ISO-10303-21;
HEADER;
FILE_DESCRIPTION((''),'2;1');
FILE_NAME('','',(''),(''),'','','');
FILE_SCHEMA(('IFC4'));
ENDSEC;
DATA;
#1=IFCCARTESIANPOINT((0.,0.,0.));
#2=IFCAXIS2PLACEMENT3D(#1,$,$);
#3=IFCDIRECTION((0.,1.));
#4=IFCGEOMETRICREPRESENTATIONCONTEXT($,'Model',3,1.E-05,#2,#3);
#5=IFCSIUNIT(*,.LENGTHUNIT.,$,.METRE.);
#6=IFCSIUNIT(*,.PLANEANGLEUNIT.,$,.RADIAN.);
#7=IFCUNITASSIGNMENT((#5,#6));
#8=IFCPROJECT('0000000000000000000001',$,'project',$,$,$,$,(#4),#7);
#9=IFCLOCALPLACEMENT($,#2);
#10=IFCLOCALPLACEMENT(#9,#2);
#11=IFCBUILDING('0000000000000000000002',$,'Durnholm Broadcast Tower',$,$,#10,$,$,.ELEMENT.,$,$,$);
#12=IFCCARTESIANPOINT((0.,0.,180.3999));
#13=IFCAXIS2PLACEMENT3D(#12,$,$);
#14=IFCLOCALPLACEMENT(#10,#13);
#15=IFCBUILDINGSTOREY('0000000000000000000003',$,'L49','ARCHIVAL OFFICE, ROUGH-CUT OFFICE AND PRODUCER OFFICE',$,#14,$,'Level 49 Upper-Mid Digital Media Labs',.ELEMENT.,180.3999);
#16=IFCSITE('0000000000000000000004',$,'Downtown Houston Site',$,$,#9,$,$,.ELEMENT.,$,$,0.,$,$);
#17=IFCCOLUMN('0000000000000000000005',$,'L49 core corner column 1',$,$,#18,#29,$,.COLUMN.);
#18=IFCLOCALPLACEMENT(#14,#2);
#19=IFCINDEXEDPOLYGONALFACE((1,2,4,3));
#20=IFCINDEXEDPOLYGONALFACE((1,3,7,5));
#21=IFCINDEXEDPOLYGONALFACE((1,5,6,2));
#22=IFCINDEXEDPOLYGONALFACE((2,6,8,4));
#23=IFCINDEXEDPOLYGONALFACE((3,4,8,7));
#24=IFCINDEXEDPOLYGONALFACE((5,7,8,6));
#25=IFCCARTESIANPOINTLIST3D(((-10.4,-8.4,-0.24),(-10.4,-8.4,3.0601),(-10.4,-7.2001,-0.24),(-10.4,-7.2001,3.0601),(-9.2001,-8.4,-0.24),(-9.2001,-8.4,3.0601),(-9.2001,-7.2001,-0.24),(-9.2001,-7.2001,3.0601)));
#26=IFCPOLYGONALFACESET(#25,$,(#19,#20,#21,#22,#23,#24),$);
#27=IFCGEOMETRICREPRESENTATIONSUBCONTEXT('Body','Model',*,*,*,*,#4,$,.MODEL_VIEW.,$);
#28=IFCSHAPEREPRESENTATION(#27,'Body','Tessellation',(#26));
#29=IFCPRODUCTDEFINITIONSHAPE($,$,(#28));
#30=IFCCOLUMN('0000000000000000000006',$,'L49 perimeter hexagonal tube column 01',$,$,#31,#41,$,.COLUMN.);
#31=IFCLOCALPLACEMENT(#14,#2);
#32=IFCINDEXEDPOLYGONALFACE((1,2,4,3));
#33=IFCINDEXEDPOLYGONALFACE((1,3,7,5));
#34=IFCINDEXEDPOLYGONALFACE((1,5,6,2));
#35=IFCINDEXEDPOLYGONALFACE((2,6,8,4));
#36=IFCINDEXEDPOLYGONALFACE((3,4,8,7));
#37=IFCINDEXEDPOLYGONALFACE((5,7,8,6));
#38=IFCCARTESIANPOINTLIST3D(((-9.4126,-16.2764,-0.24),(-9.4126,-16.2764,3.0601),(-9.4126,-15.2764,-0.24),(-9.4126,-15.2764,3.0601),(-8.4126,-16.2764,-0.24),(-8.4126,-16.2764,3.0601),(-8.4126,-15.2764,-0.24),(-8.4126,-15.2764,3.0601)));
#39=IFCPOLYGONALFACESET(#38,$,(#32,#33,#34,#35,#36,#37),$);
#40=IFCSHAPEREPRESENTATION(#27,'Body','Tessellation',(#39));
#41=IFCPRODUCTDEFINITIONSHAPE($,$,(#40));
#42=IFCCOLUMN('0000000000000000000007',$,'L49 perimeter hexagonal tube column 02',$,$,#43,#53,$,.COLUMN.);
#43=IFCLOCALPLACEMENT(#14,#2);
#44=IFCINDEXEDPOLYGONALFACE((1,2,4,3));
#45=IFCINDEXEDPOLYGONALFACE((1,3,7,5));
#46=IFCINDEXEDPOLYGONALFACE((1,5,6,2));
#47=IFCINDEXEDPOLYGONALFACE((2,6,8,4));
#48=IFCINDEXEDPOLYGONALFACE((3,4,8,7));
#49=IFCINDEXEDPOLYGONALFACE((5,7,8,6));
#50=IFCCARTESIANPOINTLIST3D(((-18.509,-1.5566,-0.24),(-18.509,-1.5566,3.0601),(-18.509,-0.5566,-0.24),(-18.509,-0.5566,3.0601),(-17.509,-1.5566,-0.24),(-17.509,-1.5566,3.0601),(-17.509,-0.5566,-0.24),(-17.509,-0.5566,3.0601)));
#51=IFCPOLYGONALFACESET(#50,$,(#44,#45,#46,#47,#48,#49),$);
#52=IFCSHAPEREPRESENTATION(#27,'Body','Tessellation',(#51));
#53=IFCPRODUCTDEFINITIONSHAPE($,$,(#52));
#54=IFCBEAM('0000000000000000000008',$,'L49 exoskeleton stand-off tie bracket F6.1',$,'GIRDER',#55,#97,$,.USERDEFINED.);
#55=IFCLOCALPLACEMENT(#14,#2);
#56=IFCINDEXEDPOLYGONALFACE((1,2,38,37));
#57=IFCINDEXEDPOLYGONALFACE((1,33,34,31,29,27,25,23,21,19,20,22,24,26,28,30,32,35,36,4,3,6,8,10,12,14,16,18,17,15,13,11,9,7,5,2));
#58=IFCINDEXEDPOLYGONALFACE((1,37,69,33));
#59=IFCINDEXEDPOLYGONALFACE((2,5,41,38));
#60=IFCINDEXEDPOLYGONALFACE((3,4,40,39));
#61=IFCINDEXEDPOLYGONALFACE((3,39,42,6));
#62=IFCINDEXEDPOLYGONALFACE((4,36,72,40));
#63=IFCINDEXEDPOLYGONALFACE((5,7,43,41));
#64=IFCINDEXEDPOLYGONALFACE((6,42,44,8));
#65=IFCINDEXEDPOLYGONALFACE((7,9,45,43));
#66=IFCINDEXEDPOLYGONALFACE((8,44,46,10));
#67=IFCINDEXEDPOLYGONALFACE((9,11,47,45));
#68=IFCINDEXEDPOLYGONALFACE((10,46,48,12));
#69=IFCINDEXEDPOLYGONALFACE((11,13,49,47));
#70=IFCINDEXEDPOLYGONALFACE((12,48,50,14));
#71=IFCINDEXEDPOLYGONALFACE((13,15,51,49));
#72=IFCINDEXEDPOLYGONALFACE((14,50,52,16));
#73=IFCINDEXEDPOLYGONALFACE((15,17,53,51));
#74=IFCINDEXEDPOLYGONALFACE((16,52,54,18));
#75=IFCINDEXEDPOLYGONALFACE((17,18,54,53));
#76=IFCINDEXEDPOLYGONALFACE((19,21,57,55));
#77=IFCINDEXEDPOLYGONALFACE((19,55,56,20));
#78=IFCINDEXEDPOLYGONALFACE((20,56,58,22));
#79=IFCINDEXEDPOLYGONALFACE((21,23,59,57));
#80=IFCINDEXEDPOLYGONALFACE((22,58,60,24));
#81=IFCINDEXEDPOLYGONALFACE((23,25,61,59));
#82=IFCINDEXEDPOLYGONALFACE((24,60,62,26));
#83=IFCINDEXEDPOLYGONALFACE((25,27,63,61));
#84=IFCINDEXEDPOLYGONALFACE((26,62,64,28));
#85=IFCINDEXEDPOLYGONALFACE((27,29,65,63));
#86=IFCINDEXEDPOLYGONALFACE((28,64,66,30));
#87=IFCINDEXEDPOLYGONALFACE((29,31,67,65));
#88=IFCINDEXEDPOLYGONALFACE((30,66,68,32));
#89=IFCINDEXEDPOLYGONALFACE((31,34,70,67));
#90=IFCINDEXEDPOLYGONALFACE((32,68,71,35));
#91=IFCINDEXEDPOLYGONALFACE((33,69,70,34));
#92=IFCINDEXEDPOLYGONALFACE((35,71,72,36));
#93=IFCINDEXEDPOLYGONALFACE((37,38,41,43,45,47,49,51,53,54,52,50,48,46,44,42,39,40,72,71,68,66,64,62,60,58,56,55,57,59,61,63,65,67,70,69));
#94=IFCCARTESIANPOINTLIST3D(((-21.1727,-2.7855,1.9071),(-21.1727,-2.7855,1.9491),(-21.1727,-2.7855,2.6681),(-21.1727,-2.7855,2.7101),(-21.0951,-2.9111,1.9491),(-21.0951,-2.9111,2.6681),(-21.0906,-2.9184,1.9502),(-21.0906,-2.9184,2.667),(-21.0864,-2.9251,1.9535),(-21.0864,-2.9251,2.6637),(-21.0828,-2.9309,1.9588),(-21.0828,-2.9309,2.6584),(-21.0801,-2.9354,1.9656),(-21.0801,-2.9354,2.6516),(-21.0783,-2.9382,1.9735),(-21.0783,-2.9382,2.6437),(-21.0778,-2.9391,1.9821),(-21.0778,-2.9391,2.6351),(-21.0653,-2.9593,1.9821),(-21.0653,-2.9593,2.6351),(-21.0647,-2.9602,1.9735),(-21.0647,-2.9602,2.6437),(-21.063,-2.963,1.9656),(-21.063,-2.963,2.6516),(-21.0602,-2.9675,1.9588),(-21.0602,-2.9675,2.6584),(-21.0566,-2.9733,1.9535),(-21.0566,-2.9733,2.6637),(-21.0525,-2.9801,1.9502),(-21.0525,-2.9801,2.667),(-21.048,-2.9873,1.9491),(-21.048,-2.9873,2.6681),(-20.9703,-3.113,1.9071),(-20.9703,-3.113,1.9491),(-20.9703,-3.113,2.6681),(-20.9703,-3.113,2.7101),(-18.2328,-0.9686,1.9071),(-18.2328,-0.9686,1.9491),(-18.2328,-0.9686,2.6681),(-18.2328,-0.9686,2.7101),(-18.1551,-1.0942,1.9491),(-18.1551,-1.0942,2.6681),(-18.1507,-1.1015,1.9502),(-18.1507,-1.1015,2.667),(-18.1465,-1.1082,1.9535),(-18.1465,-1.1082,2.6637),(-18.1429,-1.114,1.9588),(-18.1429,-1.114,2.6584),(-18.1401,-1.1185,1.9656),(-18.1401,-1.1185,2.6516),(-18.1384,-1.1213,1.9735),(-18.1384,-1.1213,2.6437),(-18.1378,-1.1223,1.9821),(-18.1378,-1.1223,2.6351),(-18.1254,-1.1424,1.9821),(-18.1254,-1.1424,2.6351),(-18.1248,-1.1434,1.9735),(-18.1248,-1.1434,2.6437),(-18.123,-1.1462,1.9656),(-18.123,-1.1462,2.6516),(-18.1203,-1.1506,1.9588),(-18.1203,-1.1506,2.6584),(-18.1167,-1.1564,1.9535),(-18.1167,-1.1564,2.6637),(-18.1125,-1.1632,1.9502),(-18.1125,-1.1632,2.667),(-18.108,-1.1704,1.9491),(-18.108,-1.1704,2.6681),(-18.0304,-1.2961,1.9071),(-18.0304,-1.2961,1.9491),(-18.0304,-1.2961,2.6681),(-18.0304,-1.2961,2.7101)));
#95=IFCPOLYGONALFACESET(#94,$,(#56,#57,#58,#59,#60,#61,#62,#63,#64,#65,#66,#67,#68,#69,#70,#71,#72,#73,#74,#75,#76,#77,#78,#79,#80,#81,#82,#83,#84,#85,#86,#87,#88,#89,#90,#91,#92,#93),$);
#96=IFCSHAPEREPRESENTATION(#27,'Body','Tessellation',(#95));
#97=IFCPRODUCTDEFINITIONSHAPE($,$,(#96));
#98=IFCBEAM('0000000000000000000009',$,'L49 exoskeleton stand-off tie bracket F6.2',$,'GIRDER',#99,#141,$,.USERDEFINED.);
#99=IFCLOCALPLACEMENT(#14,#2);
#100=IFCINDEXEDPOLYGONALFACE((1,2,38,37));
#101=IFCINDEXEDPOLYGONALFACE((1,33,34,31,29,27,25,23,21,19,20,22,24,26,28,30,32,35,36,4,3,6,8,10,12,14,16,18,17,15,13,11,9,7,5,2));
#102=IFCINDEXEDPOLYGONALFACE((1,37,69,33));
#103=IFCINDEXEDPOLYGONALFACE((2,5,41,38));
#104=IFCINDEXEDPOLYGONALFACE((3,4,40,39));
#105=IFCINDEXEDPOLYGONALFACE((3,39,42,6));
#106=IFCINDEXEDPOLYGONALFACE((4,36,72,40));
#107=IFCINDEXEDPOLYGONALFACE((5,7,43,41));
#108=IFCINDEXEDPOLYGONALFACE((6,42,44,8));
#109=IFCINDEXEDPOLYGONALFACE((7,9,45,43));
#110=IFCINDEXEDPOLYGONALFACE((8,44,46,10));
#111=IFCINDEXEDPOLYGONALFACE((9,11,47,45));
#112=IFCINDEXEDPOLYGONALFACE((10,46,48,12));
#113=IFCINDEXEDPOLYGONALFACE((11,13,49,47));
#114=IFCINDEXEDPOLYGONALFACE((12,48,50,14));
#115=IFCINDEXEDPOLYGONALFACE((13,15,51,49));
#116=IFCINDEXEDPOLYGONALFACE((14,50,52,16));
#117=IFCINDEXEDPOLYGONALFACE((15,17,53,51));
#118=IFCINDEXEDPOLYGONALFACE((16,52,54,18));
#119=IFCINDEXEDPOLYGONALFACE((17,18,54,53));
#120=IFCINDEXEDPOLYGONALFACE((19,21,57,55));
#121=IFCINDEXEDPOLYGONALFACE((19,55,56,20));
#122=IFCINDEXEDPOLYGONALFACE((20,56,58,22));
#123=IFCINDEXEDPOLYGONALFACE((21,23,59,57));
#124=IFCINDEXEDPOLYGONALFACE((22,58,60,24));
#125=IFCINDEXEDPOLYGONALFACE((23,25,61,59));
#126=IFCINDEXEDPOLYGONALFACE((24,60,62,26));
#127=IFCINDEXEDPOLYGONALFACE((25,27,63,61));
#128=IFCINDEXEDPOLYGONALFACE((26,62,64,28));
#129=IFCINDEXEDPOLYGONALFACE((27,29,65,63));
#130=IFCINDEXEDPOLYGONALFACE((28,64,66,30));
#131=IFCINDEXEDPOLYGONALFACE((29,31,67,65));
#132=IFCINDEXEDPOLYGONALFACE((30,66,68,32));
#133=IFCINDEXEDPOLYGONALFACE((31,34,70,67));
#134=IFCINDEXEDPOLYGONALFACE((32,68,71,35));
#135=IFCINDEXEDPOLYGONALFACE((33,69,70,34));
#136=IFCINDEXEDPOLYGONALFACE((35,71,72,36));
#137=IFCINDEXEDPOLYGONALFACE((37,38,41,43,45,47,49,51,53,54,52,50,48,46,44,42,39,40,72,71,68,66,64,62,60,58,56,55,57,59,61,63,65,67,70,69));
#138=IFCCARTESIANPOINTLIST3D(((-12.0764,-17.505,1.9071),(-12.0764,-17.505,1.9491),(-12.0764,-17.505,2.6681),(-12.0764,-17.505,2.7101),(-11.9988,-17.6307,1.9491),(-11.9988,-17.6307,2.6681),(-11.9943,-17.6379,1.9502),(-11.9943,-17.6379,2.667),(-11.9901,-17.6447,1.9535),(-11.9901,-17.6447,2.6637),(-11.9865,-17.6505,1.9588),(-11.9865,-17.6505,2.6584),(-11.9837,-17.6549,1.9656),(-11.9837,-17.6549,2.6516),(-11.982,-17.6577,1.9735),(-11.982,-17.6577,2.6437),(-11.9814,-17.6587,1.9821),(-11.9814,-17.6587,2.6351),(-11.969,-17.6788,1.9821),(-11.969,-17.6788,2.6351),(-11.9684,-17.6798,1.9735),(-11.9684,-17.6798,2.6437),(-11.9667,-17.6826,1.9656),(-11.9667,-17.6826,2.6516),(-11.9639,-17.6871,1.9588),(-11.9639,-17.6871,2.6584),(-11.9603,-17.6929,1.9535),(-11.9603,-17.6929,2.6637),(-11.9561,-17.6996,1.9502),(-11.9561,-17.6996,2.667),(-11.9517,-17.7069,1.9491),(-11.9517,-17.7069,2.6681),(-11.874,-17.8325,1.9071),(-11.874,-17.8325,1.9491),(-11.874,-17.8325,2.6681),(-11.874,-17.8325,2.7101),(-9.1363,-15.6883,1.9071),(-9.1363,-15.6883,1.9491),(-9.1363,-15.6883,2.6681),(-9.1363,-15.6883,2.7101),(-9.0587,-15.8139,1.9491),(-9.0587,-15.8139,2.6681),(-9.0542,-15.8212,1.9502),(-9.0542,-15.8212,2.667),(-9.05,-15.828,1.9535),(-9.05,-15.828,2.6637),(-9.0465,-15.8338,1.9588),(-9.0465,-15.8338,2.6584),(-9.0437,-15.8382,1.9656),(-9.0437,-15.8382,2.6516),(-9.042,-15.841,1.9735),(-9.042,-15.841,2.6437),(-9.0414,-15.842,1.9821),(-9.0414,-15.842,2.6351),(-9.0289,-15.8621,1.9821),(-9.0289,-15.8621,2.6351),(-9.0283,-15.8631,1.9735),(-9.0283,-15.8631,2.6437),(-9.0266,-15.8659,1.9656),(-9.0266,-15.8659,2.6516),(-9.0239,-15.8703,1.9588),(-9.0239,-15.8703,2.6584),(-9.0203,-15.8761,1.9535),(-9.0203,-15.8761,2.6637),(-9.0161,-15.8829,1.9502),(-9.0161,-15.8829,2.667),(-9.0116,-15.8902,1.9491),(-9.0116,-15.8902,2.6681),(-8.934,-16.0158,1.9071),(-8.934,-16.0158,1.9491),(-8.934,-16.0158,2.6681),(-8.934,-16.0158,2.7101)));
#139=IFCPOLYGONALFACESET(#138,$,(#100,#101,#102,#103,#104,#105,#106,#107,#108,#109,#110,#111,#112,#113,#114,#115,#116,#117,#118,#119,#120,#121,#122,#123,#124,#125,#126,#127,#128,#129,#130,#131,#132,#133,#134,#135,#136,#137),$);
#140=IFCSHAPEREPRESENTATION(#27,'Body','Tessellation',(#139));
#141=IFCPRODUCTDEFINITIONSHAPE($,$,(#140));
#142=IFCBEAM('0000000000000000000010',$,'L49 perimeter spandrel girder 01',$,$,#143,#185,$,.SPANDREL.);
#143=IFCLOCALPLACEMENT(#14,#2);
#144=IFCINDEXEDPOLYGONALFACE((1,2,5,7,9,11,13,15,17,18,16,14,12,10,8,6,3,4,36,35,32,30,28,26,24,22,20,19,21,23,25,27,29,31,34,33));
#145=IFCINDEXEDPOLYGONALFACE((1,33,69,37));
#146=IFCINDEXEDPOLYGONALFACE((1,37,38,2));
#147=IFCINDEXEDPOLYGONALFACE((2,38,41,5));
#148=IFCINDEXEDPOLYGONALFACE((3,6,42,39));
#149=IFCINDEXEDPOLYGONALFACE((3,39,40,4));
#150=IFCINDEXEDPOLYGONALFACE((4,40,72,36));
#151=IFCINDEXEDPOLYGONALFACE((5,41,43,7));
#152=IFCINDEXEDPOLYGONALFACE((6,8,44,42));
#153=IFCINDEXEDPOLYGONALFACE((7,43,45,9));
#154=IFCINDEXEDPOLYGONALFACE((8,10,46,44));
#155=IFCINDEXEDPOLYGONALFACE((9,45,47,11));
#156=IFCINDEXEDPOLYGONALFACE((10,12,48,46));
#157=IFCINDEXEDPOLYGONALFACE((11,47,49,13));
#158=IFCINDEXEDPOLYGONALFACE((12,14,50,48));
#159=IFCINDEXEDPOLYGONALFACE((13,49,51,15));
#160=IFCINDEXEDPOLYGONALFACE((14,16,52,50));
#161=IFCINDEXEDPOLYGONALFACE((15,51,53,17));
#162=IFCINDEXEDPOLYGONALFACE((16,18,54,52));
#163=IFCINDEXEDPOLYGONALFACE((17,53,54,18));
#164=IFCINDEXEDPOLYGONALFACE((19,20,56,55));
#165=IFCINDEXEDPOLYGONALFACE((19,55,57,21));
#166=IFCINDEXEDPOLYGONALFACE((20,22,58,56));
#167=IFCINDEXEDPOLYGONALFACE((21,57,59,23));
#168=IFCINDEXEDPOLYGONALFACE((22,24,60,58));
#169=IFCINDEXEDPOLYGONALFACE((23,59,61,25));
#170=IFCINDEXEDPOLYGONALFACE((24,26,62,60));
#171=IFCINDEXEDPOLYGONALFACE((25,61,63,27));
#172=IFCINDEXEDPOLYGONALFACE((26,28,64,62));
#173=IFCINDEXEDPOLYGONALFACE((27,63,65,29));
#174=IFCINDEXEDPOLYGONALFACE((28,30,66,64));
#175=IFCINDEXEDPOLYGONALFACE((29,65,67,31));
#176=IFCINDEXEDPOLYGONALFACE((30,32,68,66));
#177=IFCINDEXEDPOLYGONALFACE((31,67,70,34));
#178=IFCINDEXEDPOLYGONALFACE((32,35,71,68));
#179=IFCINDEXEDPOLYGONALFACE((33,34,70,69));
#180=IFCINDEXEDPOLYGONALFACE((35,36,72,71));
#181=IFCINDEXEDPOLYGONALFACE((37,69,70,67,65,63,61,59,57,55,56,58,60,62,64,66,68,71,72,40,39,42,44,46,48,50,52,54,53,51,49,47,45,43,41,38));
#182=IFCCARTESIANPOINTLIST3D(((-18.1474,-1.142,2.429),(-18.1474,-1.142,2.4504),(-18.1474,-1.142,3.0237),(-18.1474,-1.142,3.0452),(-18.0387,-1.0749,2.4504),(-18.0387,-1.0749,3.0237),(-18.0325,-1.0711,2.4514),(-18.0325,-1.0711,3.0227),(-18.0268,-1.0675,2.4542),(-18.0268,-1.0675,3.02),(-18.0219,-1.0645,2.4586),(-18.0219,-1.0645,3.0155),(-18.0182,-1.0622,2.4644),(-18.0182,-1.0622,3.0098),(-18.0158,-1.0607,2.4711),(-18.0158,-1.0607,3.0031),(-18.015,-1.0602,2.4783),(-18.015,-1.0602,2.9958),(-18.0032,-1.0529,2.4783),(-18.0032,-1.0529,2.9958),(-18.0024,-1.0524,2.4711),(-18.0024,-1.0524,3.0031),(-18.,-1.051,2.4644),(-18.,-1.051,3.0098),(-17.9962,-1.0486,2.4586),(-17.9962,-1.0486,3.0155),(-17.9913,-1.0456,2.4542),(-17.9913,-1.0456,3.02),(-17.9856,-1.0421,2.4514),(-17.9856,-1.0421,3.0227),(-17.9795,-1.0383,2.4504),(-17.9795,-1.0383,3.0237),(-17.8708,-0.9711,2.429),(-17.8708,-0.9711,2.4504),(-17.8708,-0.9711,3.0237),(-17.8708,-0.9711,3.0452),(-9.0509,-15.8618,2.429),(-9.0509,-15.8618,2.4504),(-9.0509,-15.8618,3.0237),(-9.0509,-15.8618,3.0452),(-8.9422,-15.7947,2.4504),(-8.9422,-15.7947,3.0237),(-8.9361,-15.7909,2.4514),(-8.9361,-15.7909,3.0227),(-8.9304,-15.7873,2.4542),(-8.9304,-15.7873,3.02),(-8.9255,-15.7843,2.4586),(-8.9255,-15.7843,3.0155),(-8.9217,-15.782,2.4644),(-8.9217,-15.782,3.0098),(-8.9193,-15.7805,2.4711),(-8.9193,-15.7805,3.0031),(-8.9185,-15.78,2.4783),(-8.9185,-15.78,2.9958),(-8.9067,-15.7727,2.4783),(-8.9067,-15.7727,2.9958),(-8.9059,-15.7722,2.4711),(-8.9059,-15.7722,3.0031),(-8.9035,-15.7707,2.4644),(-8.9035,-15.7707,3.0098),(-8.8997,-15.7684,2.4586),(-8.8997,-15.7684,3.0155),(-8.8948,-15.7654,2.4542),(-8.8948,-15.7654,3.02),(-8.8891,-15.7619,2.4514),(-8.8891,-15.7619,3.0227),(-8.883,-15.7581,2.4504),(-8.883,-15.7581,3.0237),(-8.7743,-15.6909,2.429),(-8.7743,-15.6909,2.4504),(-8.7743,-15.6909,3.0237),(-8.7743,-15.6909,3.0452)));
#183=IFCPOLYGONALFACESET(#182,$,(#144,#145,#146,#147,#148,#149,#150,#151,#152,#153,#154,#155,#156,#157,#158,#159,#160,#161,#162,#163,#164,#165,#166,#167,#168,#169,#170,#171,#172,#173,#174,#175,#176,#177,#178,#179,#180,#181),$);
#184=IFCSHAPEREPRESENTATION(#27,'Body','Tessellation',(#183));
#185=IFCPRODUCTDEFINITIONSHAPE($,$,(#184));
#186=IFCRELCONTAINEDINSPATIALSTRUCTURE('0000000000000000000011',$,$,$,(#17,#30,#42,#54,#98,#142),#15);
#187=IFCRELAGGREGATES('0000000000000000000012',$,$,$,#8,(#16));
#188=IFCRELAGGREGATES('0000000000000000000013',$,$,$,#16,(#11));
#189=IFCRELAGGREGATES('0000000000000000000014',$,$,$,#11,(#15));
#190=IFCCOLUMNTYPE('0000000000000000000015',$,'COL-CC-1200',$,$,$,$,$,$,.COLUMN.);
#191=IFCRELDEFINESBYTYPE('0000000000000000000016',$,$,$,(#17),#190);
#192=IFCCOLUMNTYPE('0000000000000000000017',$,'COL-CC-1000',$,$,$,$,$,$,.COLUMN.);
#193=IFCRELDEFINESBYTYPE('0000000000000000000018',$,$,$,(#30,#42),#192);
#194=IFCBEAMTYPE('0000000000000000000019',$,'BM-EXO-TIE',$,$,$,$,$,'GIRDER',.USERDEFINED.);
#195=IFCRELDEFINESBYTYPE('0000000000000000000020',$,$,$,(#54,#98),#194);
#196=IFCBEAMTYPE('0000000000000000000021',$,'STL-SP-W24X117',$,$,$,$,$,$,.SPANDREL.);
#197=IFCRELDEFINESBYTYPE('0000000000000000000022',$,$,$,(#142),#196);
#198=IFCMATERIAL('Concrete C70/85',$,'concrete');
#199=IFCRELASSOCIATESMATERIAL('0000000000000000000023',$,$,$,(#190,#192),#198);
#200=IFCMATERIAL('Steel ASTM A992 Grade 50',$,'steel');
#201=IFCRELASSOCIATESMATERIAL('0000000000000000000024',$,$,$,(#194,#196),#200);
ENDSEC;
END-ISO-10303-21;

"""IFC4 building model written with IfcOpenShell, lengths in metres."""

from ifc_helpers import new_model, si_unit, direction, frame, origin, origin_2d, place, context, subcontext, project, spatial, rectangle, i_section, extrude, source, transform, mapped, material, material_profile, profile_set, type_object, type_shapes, element, save


model = new_model("IFC4")

# Units and contexts
model_context = context("Model", 3, precision=1e-05, world=origin(), true_north=direction((0.0, 1.0)))
body_context = subcontext(model_context, "Body", "Model", "MODEL_VIEW")
ifc_project = project(units=[si_unit("LENGTHUNIT", "METRE"), si_unit("PLANEANGLEUNIT", "RADIAN")], contexts=[model_context])

# Site, building, storey
site_placement = place(None, origin())
site = spatial("IfcSite", under=ifc_project, at=site_placement, Name="Downtown Houston Site", CompositionType="ELEMENT", RefElevation=0.0)
building_placement = place(site_placement, origin())
building = spatial("IfcBuilding", under=site, at=building_placement, Name="Durnholm Broadcast Tower", CompositionType="ELEMENT")
storey_placement = place(building_placement, frame((0.0, 0.0, 180.3999)))
storey = spatial("IfcBuildingStorey", under=building, at=storey_placement, Name="L49", Description="ARCHIVAL OFFICE, ROUGH-CUT OFFICE AND PRODUCER OFFICE", LongName="Level 49 Upper-Mid Digital Media Labs", CompositionType="ELEMENT", Elevation=180.3999)

# Columns
ifc_material_1 = material(Name="Concrete C70/85", Category="concrete")
ifc_material_profile_1 = material_profile(ifc_material_1, rectangle(XDim=1.2, YDim=1.2, at=origin_2d()), Name="RC1200X1200")
ifc_profile_set_1 = profile_set([ifc_material_profile_1], Name="Concrete C70/85")
column_type_1 = type_object("IfcColumnType", Name="COL-CC-1200", PredefinedType="COLUMN", material=ifc_profile_set_1)
shared_shape_1 = source(origin(), body_context, "Body", "SweptSolid", [
    extrude(rectangle(XDim=1.2, YDim=1.2, at=origin_2d()), origin(), (0.0, 0.0, 1.0), 3.3),
])
type_shapes(column_type_1, [shared_shape_1])
column_placement = place(storey_placement, frame((-9.8, -7.8, -0.24), z_axis=(0.0, 0.0, 1.0), x_axis=(1.0, 0.0, 0.0)))
element("IfcColumn", 1, at=column_placement, inside=storey, type_object=column_type_1, Name="L49 core corner column 1", PredefinedType="COLUMN", context=body_context, shape_type="MappedRepresentation", body=[
    mapped(shared_shape_1, transform((0.0, 0.0, 0.0), x_axis=(1.0, 0.0, 0.0), y_axis=(0.0, 1.0, 0.0), z_axis=(0.0, 0.0, 1.0), scale=1.0)),
])
ifc_material_profile_2 = material_profile(ifc_material_1, rectangle(XDim=1.0, YDim=1.0, at=origin_2d()), Name="RC1000X1000")
ifc_profile_set_2 = profile_set([ifc_material_profile_2], Name="Concrete C70/85")
column_type_2 = type_object("IfcColumnType", Name="COL-CC-1000", PredefinedType="COLUMN", material=ifc_profile_set_2)
shared_shape_2 = source(origin(), body_context, "Body", "SweptSolid", [
    extrude(rectangle(XDim=1.0, YDim=1.0, at=origin_2d()), origin(), (0.0, 0.0, 1.0), 3.3),
])
type_shapes(column_type_2, [shared_shape_2])
for number, where, z_axis, x_axis, name in (
    (2, (-8.9126, -15.7764, -0.24), (0.0, 0.0, 1.0), (1.0, 0.0, 0.0), "L49 perimeter hexagonal tube column 01"),
    (3, (-18.009, -1.0566, -0.24), (0.0, 0.0, 1.0), (1.0, 0.0, 0.0), "L49 perimeter hexagonal tube column 02"),
):
    element("IfcColumn", number, at=place(storey_placement, frame(where, z_axis=z_axis, x_axis=x_axis)), inside=storey, type_object=column_type_2, Name=name, PredefinedType="COLUMN", context=body_context, shape_type="MappedRepresentation", body=[
        mapped(shared_shape_2, transform((0.0, 0.0, 0.0), x_axis=(1.0, 0.0, 0.0), y_axis=(0.0, 1.0, 0.0), z_axis=(0.0, 0.0, 1.0), scale=1.0)),
    ])

# Beams
ifc_material_2 = material(Name="Steel ASTM A992 Grade 50", Category="steel")
ifc_material_profile_3 = material_profile(ifc_material_2, i_section(OverallWidth=0.385, OverallDepth=0.803, WebThickness=0.0237, FlangeThickness=0.042, FilletRadius=0.033, at=origin_2d()), Name="W30X261")
ifc_profile_set_3 = profile_set([ifc_material_profile_3], Name="Steel ASTM A992 Grade 50")
beam_type_1 = type_object("IfcBeamType", Name="BM-EXO-TIE", ElementType="GIRDER", PredefinedType="USERDEFINED", material=ifc_profile_set_3)
shared_shape_3 = source(origin(), body_context, "Body", "SweptSolid", [
    extrude(i_section(OverallWidth=0.385, OverallDepth=0.803, WebThickness=0.0237, FlangeThickness=0.042, FilletRadius=0.033, at=origin_2d()), origin(), (0.0, 0.0, 1.0), 3.4561),
])
for number, where, z_axis, x_axis, name in (
    (4, (-18.1316, -1.1323, 2.3086), (-0.850662, -0.525712, 0.0), (0.525712, -0.850662, 0.0), "L49 exoskeleton stand-off tie bracket F6.1"),
    (5, (-9.0352, -15.8521, 2.3086), (-0.850694, -0.525661, 0.0), (0.525661, -0.850694, 0.0), "L49 exoskeleton stand-off tie bracket F6.2"),
):
    element("IfcBeam", number, at=place(storey_placement, frame(where, z_axis=z_axis, x_axis=x_axis)), inside=storey, type_object=beam_type_1, Name=name, ObjectType="GIRDER", PredefinedType="USERDEFINED", context=body_context, shape_type="MappedRepresentation", body=[
        mapped(shared_shape_3, transform((0.0, 0.0, 0.0), x_axis=(1.0, 0.0, 0.0), y_axis=(0.0, 1.0, 0.0), z_axis=(0.0, 0.0, 1.0), scale=1.0)),
    ])
ifc_material_profile_4 = material_profile(ifc_material_2, i_section(OverallWidth=0.3252, OverallDepth=0.6162, WebThickness=0.0139, FlangeThickness=0.0215, FilletRadius=0.0278, at=origin_2d()), Name="W24X117")
ifc_profile_set_4 = profile_set([ifc_material_profile_4], Name="Steel ASTM A992 Grade 50")
beam_type_2 = type_object("IfcBeamType", Name="STL-SP-W24X117", PredefinedType="SPANDREL", material=ifc_profile_set_4)
shared_shape_4 = source(origin(), body_context, "Body", "SweptSolid", [
    extrude(i_section(OverallWidth=0.3252, OverallDepth=0.6162, WebThickness=0.0139, FlangeThickness=0.0215, FilletRadius=0.0278, at=origin_2d()), origin(), (0.0, 0.0, 1.0), 17.3037),
])
beam_1_placement = place(storey_placement, frame((-8.9126, -15.7764, 2.7371), z_axis=(-0.525695, 0.850673, 0.0), x_axis=(-0.850673, -0.525695, 0.0)))
element("IfcBeam", 6, at=beam_1_placement, inside=storey, type_object=beam_type_2, Name="L49 perimeter spandrel girder 01", PredefinedType="SPANDREL", context=body_context, shape_type="MappedRepresentation", body=[
    mapped(shared_shape_4, transform((0.0, 0.0, 0.0), x_axis=(1.0, 0.0, 0.0), y_axis=(0.0, 1.0, 0.0), z_axis=(0.0, 0.0, 1.0), scale=1.0)),
])

save(model, "model.ifc")
